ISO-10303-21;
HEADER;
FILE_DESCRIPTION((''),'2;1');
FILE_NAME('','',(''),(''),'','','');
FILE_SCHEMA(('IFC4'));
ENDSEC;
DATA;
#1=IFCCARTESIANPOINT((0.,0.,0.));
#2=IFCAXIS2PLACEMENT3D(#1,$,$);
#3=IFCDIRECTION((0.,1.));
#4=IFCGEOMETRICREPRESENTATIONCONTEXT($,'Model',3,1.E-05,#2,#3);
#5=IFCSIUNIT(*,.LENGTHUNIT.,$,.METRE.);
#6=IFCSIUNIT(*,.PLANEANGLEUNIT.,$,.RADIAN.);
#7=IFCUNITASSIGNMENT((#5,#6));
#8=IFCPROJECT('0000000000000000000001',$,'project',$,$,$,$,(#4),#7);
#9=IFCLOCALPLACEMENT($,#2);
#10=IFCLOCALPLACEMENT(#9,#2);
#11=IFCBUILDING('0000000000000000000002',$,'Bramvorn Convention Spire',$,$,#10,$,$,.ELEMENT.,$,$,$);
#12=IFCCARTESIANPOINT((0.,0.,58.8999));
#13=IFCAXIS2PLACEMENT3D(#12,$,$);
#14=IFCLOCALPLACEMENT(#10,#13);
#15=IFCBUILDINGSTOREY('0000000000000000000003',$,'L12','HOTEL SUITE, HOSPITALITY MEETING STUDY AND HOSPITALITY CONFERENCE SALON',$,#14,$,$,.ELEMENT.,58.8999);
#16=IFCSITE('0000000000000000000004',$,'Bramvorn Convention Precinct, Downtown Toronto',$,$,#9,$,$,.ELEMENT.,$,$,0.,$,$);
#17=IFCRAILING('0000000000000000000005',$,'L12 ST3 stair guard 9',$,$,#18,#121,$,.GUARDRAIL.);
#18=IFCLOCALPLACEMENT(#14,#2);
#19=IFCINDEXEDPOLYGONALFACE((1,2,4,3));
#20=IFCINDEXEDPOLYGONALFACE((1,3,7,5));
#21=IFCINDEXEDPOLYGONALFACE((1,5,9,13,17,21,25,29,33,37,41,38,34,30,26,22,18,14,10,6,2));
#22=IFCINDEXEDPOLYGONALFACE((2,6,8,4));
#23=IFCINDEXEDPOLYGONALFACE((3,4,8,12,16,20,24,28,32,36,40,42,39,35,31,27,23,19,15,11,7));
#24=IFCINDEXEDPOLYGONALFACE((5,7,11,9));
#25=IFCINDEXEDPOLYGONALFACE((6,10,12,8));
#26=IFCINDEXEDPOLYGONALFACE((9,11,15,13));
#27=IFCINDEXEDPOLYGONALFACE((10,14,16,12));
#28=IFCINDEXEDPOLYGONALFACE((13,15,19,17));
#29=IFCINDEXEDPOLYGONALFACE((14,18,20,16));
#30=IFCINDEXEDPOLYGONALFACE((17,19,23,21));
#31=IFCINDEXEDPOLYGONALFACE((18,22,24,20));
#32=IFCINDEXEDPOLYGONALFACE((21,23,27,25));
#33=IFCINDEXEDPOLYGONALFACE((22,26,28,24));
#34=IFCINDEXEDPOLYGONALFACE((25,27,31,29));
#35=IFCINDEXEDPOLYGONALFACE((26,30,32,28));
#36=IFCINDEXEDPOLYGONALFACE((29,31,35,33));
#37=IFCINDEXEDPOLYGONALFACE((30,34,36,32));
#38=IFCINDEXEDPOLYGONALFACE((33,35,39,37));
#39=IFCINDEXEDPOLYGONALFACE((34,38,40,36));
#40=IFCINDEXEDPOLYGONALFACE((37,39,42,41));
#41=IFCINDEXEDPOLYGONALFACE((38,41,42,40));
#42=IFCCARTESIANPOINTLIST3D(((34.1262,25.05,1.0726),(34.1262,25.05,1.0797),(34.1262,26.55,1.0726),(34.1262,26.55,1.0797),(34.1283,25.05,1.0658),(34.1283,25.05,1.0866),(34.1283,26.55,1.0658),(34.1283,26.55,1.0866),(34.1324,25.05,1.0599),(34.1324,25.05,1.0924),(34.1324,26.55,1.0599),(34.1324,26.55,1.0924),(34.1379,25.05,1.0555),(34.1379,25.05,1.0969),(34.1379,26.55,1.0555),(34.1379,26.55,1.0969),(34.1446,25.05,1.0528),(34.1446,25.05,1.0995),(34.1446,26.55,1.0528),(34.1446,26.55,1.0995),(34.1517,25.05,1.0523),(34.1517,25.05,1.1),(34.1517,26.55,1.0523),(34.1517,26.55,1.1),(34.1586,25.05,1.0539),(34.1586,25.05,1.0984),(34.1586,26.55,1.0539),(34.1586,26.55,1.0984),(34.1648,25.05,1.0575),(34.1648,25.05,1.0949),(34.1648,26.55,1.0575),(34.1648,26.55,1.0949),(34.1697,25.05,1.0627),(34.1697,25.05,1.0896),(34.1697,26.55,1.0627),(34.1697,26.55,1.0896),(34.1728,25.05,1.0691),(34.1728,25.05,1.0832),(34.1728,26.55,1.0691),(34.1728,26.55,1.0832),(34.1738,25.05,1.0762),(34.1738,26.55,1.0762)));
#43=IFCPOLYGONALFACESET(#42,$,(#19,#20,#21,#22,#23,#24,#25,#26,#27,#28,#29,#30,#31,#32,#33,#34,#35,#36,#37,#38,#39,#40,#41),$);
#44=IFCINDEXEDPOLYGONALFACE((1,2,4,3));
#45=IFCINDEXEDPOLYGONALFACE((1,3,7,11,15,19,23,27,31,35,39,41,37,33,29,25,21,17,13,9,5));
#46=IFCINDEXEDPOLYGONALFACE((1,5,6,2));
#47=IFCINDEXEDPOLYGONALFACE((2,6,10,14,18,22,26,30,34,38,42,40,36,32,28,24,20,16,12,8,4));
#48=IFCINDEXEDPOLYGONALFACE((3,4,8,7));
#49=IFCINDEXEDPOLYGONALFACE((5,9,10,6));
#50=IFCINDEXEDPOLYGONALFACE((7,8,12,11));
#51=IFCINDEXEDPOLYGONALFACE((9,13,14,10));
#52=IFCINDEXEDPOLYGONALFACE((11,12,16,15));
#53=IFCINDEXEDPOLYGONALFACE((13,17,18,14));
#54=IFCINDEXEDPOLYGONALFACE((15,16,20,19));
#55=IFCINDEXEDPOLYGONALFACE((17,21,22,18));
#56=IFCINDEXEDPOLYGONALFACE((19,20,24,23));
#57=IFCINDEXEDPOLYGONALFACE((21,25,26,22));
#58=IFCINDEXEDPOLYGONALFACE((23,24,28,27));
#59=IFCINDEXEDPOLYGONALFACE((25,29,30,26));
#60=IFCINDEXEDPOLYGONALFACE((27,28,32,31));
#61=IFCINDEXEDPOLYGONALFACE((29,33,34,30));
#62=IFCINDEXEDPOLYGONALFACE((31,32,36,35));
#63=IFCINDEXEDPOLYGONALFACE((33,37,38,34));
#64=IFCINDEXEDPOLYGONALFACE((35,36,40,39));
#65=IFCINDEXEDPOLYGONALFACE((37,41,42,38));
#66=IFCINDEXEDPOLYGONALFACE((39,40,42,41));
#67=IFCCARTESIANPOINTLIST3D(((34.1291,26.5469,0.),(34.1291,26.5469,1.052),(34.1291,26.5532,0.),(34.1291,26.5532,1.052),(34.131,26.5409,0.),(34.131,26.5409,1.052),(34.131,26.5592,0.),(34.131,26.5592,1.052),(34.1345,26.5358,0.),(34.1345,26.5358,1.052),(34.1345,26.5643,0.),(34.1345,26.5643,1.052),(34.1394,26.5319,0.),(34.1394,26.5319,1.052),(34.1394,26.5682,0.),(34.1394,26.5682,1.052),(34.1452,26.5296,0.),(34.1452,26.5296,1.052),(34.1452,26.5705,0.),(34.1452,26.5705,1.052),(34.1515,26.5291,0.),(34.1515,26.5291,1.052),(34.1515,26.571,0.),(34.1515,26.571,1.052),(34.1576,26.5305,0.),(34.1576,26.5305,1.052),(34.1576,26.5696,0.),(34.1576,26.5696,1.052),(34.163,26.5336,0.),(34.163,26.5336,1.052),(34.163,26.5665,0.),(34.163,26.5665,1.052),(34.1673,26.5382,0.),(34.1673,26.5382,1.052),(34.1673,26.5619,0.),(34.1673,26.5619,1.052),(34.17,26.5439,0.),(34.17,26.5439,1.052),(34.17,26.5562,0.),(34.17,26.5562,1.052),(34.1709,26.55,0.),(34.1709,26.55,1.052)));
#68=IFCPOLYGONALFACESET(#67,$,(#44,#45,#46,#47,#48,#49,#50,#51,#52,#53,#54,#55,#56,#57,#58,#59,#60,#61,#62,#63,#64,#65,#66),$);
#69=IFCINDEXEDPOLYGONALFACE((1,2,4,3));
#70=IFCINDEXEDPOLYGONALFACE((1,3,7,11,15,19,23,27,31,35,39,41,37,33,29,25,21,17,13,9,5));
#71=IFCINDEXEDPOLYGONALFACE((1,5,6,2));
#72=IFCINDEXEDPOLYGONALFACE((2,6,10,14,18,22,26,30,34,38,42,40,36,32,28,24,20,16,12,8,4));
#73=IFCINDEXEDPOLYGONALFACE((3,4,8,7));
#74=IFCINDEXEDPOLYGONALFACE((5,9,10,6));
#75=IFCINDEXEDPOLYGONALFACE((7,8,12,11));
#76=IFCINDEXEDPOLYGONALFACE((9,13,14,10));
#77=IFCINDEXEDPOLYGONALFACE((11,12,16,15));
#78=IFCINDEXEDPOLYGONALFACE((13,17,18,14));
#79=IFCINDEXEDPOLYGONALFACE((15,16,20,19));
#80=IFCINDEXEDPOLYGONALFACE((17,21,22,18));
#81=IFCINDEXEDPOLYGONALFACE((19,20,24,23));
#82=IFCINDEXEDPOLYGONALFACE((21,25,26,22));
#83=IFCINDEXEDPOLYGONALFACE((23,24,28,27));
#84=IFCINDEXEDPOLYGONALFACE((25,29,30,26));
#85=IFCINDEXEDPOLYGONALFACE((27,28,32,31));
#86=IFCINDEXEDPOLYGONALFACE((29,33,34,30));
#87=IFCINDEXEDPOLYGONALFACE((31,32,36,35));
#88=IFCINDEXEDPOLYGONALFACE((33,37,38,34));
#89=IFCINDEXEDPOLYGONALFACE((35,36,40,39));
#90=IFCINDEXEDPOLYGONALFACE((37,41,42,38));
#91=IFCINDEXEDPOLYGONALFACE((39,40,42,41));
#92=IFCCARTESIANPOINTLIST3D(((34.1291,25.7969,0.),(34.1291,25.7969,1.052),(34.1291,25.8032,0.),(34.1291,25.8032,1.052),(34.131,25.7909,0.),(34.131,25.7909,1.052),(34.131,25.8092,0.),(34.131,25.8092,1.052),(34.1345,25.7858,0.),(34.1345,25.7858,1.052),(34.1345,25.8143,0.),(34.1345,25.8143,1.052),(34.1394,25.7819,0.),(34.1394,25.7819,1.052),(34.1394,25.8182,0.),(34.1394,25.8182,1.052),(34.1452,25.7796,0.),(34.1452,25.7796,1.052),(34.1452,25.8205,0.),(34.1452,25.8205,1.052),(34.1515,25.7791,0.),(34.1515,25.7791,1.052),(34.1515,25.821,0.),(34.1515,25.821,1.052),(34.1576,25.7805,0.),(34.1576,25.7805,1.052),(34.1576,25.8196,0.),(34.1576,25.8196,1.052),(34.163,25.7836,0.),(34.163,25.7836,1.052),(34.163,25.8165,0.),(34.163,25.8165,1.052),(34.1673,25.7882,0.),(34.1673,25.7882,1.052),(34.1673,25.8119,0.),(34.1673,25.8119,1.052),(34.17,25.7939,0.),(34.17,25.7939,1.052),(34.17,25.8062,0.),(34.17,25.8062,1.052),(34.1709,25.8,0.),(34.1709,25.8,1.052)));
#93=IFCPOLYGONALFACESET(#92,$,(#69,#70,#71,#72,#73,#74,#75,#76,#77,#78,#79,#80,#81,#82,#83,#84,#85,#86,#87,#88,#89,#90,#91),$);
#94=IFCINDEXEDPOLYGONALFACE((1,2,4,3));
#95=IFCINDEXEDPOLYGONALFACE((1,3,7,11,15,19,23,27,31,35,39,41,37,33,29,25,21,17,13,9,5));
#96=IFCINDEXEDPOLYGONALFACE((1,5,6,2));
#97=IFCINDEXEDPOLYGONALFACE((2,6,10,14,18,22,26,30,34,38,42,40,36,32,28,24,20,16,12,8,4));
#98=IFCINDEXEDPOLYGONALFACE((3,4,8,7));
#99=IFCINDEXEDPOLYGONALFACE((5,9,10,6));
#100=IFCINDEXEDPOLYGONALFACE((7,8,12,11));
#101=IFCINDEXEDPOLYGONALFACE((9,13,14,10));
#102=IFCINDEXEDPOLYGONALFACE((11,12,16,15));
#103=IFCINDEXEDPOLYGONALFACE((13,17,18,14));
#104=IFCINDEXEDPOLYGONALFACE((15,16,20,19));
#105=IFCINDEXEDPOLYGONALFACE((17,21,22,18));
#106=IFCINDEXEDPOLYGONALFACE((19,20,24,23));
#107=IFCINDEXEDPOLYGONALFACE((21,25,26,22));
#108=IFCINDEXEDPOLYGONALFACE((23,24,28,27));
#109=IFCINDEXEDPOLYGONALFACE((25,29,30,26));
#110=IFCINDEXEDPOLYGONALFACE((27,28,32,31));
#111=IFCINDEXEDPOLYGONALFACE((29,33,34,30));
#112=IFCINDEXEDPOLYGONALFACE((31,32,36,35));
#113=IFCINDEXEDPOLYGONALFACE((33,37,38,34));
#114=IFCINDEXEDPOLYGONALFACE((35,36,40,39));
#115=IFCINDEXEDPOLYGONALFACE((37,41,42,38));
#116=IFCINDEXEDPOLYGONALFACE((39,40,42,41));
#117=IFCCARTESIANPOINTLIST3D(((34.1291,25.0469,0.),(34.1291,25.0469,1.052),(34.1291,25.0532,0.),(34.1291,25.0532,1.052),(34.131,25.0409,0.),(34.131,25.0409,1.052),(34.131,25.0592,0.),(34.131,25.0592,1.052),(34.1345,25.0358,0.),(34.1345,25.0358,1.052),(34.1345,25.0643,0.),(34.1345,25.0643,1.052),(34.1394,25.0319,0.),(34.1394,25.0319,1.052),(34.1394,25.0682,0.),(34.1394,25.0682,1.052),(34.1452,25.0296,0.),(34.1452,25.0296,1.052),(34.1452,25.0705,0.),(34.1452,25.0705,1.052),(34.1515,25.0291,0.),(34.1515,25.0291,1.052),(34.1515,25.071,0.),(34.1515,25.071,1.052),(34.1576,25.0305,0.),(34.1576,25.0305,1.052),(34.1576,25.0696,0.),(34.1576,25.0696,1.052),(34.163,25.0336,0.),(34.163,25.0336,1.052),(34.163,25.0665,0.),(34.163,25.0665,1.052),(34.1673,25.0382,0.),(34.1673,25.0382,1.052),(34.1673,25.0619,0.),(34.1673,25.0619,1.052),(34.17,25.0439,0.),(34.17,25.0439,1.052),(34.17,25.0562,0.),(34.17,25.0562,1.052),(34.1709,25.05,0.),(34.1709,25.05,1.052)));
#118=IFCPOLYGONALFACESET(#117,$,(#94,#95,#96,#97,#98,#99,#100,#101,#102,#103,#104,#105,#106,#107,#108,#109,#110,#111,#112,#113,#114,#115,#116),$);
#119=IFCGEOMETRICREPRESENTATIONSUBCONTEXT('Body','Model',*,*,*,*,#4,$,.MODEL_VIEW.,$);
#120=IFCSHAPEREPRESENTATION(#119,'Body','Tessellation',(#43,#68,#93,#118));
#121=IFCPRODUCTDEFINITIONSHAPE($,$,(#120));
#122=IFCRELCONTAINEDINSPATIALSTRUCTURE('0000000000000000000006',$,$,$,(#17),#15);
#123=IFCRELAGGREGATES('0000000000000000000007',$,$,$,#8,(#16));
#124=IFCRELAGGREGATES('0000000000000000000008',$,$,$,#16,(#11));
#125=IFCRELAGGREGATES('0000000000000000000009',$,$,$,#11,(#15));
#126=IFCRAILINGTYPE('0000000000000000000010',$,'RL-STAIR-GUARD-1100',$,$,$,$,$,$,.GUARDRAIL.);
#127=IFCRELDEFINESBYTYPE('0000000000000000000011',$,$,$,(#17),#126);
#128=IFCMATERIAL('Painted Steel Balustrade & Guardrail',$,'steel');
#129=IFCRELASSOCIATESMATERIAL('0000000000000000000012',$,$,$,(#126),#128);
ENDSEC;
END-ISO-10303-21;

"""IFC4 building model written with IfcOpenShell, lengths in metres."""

from ifc_helpers import new_model, si_unit, direction, frame, origin, origin_2d, place, context, subcontext, project, spatial, circle, extrude, material, type_object, element, save


model = new_model("IFC4")

# Units and contexts
model_context = context("Model", 3, precision=1e-05, world=origin(), true_north=direction((0.0, 1.0)))
body_context = subcontext(model_context, "Body", "Model", "MODEL_VIEW")
ifc_project = project(units=[si_unit("LENGTHUNIT", "METRE"), si_unit("PLANEANGLEUNIT", "RADIAN")], contexts=[model_context])

# Site, building, storey
site_placement = place(None, origin())
site = spatial("IfcSite", under=ifc_project, at=site_placement, Name="Bramvorn Convention Precinct, Downtown Toronto", CompositionType="ELEMENT", RefElevation=0.0)
building_placement = place(site_placement, origin())
building = spatial("IfcBuilding", under=site, at=building_placement, Name="Bramvorn Convention Spire", CompositionType="ELEMENT")
storey_placement = place(building_placement, frame((0.0, 0.0, 58.8999)))
storey = spatial("IfcBuildingStorey", under=building, at=storey_placement, Name="L12", Description="HOTEL SUITE, HOSPITALITY MEETING STUDY AND HOSPITALITY CONFERENCE SALON", CompositionType="ELEMENT", Elevation=58.8999)

# Railing
ifc_material_1 = material(Name="Painted Steel Balustrade & Guardrail", Category="steel")
railing_type_1 = type_object("IfcRailingType", Name="RL-STAIR-GUARD-1100", PredefinedType="GUARDRAIL", material=ifc_material_1)
for number, where, name in (
    (1, (34.1499, 26.55, 0.0), "L12 ST3 stair guard 9"),
):
    element("IfcRailing", number, at=place(storey_placement, frame(where)), inside=storey, type_object=railing_type_1, Name=name, PredefinedType="GUARDRAIL", context=body_context, shape_type="SweptSolid", body=[
        extrude(circle(Radius=0.0239, at=origin_2d()), frame((0.0, 0.0, 1.0762), z_axis=(0.0, -1.0, 0.0), x_axis=(1.0, 0.0, 0.0)), (0.0, 0.0, 1.0), 1.5),
        extrude(circle(Radius=0.021, at=origin_2d()), origin(), (0.0, 0.0, 1.0), 1.052),
        extrude(circle(Radius=0.021, at=origin_2d()), frame((0.0, -0.75, 0.0)), (0.0, 0.0, 1.0), 1.052),
        extrude(circle(Radius=0.021, at=origin_2d()), frame((0.0, -1.5, 0.0)), (0.0, 0.0, 1.0), 1.052),
    ])

save(model, "model.ifc")
